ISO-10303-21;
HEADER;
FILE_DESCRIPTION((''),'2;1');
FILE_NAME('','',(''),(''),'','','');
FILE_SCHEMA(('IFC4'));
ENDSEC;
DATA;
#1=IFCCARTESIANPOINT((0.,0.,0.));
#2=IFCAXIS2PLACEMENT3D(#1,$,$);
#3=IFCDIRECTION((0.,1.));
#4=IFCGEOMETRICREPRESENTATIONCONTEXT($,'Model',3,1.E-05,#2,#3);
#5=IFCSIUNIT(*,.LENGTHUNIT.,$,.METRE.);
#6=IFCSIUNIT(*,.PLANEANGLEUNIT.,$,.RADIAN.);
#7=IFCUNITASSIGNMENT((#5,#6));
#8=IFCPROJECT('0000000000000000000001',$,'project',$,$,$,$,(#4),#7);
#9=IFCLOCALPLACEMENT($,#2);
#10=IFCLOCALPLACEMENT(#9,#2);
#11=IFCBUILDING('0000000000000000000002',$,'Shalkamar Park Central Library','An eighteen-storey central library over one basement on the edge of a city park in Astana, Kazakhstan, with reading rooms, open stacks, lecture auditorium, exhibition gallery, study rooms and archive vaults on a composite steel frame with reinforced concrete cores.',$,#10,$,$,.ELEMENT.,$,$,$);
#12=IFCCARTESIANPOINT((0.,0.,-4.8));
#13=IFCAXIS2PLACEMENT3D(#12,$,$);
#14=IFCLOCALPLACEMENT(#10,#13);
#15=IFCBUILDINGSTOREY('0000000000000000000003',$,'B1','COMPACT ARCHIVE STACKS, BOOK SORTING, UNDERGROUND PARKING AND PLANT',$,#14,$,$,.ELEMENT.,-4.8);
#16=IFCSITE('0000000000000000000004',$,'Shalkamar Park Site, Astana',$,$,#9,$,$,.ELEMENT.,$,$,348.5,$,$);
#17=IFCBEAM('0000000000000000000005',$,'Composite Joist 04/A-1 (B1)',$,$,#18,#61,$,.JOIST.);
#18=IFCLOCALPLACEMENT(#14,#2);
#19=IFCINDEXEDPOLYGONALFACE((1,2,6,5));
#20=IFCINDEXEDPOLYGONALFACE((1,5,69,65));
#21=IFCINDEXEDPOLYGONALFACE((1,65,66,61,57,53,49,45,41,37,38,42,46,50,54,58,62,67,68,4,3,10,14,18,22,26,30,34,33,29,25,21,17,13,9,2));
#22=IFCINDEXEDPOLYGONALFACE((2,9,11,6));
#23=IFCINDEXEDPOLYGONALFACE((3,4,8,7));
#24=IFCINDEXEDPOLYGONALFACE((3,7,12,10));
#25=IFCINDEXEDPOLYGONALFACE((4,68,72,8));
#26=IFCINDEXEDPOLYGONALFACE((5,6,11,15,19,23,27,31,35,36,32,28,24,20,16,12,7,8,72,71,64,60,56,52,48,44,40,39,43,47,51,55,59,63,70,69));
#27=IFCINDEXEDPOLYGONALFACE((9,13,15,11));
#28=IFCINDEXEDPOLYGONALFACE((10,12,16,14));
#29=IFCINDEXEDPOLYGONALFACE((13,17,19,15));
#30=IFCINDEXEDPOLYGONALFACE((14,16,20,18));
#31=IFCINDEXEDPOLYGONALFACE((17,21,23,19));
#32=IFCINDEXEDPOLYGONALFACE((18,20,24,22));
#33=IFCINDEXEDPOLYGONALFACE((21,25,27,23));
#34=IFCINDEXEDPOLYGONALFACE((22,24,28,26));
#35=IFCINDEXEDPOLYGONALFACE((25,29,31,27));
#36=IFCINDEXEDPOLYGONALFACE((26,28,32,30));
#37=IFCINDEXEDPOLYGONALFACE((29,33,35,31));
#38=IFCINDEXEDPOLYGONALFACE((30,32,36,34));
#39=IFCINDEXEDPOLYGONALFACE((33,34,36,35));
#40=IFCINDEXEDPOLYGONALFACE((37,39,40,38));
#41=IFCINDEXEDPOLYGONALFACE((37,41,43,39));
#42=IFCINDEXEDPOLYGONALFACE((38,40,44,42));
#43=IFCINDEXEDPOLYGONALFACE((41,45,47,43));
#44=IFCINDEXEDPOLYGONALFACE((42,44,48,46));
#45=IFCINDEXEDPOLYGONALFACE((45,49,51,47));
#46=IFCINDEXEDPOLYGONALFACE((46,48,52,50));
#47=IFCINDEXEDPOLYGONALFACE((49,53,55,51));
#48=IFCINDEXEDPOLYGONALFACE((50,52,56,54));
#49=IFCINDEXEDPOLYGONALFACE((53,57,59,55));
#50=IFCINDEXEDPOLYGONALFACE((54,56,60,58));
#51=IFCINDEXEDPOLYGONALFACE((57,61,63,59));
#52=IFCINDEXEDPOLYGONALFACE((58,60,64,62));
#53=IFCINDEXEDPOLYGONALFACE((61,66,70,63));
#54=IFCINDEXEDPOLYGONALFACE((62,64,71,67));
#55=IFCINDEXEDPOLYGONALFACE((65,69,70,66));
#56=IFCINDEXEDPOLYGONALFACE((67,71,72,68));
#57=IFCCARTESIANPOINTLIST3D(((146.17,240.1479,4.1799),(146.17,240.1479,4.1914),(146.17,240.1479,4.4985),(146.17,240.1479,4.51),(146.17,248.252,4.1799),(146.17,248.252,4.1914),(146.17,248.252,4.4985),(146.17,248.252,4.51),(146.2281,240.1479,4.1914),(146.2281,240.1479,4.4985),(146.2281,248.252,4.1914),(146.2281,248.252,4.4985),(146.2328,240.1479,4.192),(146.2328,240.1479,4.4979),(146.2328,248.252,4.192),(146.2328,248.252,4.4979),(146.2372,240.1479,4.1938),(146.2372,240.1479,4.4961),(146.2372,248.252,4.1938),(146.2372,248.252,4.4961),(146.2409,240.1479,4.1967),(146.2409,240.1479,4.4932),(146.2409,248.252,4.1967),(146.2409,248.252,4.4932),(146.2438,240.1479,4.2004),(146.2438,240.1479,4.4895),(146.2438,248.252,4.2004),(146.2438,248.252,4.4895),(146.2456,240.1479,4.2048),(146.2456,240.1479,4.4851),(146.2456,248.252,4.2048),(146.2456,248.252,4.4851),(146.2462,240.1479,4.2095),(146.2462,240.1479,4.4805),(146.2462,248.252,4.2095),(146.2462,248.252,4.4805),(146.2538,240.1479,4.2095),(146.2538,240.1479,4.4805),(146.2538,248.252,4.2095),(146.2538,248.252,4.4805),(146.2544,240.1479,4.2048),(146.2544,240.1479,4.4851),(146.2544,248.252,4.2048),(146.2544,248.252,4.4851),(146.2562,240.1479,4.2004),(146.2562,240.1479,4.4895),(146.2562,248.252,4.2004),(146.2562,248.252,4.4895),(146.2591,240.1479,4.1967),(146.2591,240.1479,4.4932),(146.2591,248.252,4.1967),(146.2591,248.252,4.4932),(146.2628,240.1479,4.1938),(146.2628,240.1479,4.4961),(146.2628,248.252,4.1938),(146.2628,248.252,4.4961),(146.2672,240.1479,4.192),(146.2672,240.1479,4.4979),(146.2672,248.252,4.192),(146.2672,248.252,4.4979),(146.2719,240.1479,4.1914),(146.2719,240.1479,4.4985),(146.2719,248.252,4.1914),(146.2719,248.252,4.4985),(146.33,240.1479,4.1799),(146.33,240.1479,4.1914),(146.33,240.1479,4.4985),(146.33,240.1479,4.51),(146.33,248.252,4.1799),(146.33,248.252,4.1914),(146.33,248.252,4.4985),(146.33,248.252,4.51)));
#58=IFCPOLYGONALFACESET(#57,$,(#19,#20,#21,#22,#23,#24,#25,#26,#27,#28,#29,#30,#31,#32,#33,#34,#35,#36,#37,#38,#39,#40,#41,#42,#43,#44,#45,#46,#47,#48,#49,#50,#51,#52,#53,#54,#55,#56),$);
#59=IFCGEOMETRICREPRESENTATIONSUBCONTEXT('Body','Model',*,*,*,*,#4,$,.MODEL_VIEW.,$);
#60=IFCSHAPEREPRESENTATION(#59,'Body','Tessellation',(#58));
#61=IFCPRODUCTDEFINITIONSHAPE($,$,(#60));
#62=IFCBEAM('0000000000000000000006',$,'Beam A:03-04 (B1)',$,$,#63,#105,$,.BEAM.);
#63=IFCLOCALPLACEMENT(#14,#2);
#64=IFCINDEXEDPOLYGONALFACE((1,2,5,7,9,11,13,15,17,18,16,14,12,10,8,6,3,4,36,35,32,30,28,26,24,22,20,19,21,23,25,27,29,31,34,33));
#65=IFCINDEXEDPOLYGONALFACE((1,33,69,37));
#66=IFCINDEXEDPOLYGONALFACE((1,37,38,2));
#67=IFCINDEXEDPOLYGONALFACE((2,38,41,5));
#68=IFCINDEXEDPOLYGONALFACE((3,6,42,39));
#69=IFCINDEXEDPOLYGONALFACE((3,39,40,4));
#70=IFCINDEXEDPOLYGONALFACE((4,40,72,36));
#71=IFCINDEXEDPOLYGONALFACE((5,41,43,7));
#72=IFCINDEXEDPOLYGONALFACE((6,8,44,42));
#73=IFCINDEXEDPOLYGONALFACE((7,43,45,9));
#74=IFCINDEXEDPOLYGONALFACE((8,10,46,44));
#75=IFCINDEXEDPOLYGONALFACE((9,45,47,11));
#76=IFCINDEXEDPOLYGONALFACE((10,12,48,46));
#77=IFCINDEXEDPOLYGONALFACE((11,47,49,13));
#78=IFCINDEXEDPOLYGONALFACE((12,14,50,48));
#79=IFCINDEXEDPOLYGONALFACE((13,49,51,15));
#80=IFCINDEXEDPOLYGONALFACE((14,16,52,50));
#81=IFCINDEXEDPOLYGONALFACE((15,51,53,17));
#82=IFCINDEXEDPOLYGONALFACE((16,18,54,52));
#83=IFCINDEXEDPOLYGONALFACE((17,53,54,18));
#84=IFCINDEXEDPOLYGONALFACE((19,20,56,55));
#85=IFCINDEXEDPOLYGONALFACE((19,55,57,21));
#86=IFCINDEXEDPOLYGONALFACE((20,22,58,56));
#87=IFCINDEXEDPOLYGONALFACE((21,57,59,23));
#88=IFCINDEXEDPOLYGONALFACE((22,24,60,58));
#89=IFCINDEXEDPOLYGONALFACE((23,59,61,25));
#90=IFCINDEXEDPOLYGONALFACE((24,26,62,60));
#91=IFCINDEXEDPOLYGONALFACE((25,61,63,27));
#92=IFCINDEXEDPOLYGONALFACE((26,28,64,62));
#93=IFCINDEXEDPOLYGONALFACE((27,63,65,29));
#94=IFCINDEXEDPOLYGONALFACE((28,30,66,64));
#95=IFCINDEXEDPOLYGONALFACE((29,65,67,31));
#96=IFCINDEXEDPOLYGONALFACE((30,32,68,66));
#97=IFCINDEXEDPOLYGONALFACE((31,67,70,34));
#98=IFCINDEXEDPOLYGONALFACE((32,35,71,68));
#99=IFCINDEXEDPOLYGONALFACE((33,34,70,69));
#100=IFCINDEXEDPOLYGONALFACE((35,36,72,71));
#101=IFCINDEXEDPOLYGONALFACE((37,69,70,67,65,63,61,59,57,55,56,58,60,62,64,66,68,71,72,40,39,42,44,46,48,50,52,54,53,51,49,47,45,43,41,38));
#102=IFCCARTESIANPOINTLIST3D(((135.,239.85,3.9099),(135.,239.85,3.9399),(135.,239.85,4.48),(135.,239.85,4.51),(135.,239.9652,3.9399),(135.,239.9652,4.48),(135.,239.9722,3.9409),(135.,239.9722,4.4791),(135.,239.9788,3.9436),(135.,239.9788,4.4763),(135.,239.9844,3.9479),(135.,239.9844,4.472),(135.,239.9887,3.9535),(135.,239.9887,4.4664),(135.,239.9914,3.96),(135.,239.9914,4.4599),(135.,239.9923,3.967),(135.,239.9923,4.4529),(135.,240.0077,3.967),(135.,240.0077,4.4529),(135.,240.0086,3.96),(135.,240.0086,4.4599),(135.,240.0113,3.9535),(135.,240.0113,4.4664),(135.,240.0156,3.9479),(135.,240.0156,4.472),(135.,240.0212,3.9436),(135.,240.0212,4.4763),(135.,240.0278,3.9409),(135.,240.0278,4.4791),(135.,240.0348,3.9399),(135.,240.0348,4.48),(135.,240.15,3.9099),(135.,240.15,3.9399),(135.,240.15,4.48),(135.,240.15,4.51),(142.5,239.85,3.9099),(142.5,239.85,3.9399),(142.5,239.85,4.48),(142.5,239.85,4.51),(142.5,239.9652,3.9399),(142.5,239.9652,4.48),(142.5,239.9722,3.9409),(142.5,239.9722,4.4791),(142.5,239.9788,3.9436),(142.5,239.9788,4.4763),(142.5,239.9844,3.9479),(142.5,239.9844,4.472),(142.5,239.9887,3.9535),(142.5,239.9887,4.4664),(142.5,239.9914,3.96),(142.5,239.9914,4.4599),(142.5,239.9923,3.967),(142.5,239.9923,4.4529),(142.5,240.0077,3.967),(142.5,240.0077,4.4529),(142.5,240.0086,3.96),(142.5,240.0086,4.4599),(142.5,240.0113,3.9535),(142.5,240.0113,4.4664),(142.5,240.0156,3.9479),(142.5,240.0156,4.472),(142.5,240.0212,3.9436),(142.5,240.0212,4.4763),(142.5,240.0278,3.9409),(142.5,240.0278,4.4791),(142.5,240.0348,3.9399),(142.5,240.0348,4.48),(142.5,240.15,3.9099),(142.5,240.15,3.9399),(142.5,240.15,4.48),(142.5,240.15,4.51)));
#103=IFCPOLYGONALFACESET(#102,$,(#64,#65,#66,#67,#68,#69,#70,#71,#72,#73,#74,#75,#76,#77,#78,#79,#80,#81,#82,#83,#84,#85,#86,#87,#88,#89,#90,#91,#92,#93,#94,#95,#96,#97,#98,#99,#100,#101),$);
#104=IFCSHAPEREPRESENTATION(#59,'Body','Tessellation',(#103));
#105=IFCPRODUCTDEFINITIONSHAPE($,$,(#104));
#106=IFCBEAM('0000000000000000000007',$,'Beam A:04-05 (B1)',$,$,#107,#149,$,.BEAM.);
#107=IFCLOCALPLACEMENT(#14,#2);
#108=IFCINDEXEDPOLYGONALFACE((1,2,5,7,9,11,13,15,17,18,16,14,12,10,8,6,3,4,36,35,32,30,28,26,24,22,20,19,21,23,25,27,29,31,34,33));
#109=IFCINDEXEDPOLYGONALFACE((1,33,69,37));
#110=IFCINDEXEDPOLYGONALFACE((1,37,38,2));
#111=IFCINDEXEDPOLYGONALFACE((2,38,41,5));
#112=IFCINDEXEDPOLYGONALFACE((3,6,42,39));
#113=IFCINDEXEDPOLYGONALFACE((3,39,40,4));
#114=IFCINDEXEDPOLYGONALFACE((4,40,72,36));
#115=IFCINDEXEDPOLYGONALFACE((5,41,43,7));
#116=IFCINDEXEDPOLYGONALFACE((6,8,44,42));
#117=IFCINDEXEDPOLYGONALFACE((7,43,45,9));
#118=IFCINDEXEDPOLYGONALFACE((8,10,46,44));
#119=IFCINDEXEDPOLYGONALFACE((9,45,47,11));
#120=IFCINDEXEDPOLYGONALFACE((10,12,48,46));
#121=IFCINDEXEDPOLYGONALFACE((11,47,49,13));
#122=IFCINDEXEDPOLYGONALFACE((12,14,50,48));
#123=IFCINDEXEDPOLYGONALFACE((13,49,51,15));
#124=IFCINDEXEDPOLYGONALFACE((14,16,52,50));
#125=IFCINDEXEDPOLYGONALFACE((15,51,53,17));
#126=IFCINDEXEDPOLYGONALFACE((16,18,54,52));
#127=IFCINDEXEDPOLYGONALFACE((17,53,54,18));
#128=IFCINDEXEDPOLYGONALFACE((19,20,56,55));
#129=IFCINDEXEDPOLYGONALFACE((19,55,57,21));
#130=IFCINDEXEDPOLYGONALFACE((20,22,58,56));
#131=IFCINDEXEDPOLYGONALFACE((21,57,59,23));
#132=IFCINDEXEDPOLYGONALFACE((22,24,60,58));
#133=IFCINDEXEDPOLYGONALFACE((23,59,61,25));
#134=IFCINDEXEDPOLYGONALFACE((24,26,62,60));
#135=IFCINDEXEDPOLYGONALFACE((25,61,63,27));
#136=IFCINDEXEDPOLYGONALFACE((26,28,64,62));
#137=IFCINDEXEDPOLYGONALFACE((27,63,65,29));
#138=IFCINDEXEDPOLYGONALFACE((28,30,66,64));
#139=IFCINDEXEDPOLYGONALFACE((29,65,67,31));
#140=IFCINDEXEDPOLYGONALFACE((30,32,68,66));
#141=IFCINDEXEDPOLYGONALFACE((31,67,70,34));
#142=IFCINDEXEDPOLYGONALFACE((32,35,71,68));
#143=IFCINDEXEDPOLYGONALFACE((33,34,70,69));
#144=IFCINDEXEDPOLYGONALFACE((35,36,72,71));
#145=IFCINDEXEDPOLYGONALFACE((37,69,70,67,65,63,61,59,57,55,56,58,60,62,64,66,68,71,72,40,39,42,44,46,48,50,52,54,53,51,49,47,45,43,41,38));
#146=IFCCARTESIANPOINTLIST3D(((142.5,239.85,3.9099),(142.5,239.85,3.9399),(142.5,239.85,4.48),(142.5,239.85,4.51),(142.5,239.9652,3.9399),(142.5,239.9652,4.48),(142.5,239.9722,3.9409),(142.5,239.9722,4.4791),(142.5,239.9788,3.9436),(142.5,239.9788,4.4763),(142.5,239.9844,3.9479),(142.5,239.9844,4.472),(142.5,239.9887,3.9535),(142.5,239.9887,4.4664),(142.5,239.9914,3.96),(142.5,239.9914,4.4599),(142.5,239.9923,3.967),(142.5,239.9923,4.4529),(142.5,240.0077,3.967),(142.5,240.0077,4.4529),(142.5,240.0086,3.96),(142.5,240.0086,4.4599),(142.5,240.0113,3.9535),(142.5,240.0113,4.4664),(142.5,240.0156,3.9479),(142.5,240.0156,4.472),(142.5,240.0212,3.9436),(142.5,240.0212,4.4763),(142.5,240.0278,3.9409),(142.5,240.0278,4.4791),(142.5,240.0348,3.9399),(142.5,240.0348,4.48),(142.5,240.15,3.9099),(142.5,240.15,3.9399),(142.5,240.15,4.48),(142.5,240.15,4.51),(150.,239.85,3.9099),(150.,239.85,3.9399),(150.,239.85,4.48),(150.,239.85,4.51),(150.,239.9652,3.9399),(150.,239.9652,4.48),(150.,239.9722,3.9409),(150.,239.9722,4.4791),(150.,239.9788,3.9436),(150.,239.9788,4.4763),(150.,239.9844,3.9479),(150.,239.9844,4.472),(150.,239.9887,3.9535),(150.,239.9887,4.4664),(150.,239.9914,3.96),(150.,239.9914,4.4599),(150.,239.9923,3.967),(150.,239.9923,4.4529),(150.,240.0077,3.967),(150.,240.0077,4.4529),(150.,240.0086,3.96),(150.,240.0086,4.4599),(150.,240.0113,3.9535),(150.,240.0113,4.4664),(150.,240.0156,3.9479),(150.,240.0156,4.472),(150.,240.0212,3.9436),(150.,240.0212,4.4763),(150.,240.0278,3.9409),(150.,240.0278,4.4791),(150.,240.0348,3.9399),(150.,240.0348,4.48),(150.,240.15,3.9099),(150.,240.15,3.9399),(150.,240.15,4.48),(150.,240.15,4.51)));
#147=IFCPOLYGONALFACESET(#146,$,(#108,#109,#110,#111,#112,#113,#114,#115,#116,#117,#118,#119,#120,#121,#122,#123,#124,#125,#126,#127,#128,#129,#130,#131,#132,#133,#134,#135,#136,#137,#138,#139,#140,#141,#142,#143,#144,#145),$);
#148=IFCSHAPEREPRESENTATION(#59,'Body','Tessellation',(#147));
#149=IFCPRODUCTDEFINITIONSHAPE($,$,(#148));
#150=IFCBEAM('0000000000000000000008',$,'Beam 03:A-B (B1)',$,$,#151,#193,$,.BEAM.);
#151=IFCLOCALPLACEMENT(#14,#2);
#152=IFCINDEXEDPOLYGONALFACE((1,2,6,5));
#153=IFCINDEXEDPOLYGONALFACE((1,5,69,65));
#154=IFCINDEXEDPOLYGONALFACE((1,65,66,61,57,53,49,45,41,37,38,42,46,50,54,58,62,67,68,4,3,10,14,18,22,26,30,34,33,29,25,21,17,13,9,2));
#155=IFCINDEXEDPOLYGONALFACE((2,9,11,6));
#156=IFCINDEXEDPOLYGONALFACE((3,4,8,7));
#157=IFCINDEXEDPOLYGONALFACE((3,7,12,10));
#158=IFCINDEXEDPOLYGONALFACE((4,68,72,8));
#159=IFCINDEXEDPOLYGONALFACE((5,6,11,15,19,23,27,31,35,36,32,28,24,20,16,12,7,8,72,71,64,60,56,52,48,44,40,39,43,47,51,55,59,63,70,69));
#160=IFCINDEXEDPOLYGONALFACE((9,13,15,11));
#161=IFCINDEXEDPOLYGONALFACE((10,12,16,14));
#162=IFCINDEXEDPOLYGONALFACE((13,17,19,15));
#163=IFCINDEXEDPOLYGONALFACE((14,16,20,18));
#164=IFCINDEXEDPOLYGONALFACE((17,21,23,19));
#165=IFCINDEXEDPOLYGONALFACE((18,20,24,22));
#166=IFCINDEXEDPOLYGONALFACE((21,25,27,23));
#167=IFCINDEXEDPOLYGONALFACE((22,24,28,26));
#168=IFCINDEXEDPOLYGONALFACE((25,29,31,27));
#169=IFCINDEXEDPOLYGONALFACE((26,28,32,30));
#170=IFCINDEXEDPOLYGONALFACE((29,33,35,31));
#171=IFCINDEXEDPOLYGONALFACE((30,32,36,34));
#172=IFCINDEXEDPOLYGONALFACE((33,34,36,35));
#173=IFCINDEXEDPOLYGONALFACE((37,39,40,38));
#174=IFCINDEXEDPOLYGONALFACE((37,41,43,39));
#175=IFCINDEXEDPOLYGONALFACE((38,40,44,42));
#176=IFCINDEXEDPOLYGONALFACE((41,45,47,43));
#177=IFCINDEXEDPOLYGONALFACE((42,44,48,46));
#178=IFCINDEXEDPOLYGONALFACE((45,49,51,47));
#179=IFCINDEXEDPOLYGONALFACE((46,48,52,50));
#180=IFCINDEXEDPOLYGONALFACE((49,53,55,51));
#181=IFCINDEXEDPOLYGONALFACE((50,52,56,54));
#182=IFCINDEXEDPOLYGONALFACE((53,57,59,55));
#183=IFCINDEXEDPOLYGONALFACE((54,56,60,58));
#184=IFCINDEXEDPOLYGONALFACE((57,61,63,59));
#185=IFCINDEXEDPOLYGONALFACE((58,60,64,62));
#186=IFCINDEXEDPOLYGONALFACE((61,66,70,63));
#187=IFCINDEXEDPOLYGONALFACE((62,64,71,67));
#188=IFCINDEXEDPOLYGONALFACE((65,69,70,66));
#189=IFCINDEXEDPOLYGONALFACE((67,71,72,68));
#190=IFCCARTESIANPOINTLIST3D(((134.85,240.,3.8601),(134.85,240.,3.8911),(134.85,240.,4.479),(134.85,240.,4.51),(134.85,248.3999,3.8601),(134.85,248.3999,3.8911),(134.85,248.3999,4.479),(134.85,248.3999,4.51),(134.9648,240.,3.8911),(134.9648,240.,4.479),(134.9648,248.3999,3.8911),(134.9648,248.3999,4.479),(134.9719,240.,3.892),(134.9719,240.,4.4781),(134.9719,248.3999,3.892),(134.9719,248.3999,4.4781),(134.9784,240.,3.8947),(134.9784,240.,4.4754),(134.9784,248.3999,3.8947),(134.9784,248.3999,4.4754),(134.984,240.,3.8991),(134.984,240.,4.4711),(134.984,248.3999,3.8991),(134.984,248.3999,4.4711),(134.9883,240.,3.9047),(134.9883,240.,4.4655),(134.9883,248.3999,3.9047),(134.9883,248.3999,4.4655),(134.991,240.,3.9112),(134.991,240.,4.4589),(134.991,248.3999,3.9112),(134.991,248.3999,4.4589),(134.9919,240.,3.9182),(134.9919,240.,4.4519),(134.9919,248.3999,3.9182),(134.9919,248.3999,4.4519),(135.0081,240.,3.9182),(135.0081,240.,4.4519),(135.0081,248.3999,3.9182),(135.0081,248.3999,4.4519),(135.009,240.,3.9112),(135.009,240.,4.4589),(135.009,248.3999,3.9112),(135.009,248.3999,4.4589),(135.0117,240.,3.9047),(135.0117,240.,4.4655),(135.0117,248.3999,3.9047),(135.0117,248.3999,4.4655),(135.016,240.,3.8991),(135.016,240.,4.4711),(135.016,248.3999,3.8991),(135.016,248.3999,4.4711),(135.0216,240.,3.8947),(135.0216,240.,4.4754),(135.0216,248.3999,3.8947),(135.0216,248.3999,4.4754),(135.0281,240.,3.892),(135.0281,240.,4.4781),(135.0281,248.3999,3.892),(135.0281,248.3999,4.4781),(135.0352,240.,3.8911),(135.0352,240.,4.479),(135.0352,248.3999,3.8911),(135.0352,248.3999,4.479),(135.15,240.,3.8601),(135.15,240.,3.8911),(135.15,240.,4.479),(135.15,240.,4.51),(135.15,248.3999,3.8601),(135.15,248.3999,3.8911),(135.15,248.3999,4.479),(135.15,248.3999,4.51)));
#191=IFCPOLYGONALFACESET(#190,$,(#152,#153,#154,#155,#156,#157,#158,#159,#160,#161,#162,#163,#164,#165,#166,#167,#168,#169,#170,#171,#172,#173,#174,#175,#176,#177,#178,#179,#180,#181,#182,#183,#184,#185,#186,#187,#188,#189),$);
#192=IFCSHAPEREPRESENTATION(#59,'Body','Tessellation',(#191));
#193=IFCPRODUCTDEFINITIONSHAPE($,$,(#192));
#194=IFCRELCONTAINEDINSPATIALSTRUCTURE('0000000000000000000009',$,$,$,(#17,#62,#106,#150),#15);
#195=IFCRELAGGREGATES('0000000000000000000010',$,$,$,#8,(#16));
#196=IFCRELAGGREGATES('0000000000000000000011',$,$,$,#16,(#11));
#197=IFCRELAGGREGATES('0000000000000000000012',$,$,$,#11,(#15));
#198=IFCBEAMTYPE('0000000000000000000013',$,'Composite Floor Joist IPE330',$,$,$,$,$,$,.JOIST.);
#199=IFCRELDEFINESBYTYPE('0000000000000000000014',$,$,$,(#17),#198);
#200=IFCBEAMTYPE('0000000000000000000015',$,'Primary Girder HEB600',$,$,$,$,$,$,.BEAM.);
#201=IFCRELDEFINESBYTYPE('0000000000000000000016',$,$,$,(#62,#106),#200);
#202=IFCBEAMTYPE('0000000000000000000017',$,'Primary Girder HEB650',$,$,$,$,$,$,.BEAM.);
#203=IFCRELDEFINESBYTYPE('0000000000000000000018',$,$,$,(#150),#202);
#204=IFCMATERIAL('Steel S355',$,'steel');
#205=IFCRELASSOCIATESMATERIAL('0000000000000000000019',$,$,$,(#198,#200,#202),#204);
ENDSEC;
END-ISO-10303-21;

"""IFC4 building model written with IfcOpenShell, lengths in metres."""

from ifc_helpers import new_model, si_unit, direction, frame, origin, origin_2d, place, context, subcontext, project, spatial, i_section, extrude, material, material_profile, profile_set, type_object, element, save


model = new_model("IFC4")

# Units and contexts
model_context = context("Model", 3, precision=1e-05, world=origin(), true_north=direction((0.0, 1.0)))
body_context = subcontext(model_context, "Body", "Model", "MODEL_VIEW")
ifc_project = project(units=[si_unit("LENGTHUNIT", "METRE"), si_unit("PLANEANGLEUNIT", "RADIAN")], contexts=[model_context])

# Site, building, storey
site_placement = place(None, origin())
site = spatial("IfcSite", under=ifc_project, at=site_placement, Name="Shalkamar Park Site, Astana", CompositionType="ELEMENT", RefElevation=348.5)
building_placement = place(site_placement, origin())
building = spatial("IfcBuilding", under=site, at=building_placement, Name="Shalkamar Park Central Library", Description="An eighteen-storey central library over one basement on the edge of a city park in Astana, Kazakhstan, with reading rooms, open stacks, lecture auditorium, exhibition gallery, study rooms and archive vaults on a composite steel frame with reinforced concrete cores.", CompositionType="ELEMENT")
storey_placement = place(building_placement, frame((0.0, 0.0, -4.8)))
storey = spatial("IfcBuildingStorey", under=building, at=storey_placement, Name="B1", Description="COMPACT ARCHIVE STACKS, BOOK SORTING, UNDERGROUND PARKING AND PLANT", CompositionType="ELEMENT", Elevation=-4.8)

# Beams
ifc_material_1 = material(Name="Steel S355", Category="steel")
ifc_material_profile_1 = material_profile(ifc_material_1, i_section(OverallWidth=0.1599, OverallDepth=0.3301, WebThickness=0.0076, FlangeThickness=0.0115, FilletRadius=0.0181, at=origin_2d()), Name="IPE 330")
ifc_profile_set_1 = profile_set([ifc_material_profile_1], Name="Steel S355")
beam_type_1 = type_object("IfcBeamType", Name="Composite Floor Joist IPE330", PredefinedType="JOIST", material=ifc_profile_set_1)
for number, where, z_axis, x_axis, name in (
    (1, (146.25, 240.1479, 4.345), (0.0, 1.0, 0.0), (-1.0, 0.0, 0.0), "Composite Joist 04/A-1 (B1)"),
):
    element("IfcBeam", number, at=place(storey_placement, frame(where, z_axis=z_axis, x_axis=x_axis)), inside=storey, type_object=beam_type_1, Name=name, PredefinedType="JOIST", context=body_context, shape_type="SweptSolid", body=[
        extrude(i_section(OverallWidth=0.1599, OverallDepth=0.3301, WebThickness=0.0076, FlangeThickness=0.0115, FilletRadius=0.0181, at=origin_2d()), origin(), (0.0, 0.0, 1.0), 8.104),
    ])
ifc_material_profile_2 = material_profile(ifc_material_1, i_section(OverallWidth=0.3, OverallDepth=0.6001, WebThickness=0.0154, FlangeThickness=0.03, FilletRadius=0.0271, at=origin_2d()), Name="HEB 600")
ifc_profile_set_2 = profile_set([ifc_material_profile_2], Name="Steel S355")
beam_type_2 = type_object("IfcBeamType", Name="Primary Girder HEB600", PredefinedType="BEAM", material=ifc_profile_set_2)
for number, where, z_axis, x_axis, name in (
    (2, (135.0, 240.0, 4.21), (1.0, 0.0, 0.0), (0.0, 1.0, 0.0), "Beam A:03-04 (B1)"),
    (3, (142.5, 240.0, 4.21), (1.0, 0.0, 0.0), (0.0, 1.0, 0.0), "Beam A:04-05 (B1)"),
):
    element("IfcBeam", number, at=place(storey_placement, frame(where, z_axis=z_axis, x_axis=x_axis)), inside=storey, type_object=beam_type_2, Name=name, PredefinedType="BEAM", context=body_context, shape_type="SweptSolid", body=[
        extrude(i_section(OverallWidth=0.3, OverallDepth=0.6001, WebThickness=0.0154, FlangeThickness=0.03, FilletRadius=0.0271, at=origin_2d()), origin(), (0.0, 0.0, 1.0), 7.5),
    ])
ifc_material_profile_3 = material_profile(ifc_material_1, i_section(OverallWidth=0.3, OverallDepth=0.6499, WebThickness=0.0161, FlangeThickness=0.031, FilletRadius=0.0271, at=origin_2d()), Name="HEB 650")
ifc_profile_set_3 = profile_set([ifc_material_profile_3], Name="Steel S355")
beam_type_3 = type_object("IfcBeamType", Name="Primary Girder HEB650", PredefinedType="BEAM", material=ifc_profile_set_3)
for number, where, z_axis, x_axis, name in (
    (4, (135.0, 240.0, 4.1851), (0.0, 1.0, 0.0), (-1.0, 0.0, 0.0), "Beam 03:A-B (B1)"),
):
    element("IfcBeam", number, at=place(storey_placement, frame(where, z_axis=z_axis, x_axis=x_axis)), inside=storey, type_object=beam_type_3, Name=name, PredefinedType="BEAM", context=body_context, shape_type="SweptSolid", body=[
        extrude(i_section(OverallWidth=0.3, OverallDepth=0.6499, WebThickness=0.0161, FlangeThickness=0.031, FilletRadius=0.0271, at=origin_2d()), origin(), (0.0, 0.0, 1.0), 8.3999),
    ])

save(model, "model.ifc")
